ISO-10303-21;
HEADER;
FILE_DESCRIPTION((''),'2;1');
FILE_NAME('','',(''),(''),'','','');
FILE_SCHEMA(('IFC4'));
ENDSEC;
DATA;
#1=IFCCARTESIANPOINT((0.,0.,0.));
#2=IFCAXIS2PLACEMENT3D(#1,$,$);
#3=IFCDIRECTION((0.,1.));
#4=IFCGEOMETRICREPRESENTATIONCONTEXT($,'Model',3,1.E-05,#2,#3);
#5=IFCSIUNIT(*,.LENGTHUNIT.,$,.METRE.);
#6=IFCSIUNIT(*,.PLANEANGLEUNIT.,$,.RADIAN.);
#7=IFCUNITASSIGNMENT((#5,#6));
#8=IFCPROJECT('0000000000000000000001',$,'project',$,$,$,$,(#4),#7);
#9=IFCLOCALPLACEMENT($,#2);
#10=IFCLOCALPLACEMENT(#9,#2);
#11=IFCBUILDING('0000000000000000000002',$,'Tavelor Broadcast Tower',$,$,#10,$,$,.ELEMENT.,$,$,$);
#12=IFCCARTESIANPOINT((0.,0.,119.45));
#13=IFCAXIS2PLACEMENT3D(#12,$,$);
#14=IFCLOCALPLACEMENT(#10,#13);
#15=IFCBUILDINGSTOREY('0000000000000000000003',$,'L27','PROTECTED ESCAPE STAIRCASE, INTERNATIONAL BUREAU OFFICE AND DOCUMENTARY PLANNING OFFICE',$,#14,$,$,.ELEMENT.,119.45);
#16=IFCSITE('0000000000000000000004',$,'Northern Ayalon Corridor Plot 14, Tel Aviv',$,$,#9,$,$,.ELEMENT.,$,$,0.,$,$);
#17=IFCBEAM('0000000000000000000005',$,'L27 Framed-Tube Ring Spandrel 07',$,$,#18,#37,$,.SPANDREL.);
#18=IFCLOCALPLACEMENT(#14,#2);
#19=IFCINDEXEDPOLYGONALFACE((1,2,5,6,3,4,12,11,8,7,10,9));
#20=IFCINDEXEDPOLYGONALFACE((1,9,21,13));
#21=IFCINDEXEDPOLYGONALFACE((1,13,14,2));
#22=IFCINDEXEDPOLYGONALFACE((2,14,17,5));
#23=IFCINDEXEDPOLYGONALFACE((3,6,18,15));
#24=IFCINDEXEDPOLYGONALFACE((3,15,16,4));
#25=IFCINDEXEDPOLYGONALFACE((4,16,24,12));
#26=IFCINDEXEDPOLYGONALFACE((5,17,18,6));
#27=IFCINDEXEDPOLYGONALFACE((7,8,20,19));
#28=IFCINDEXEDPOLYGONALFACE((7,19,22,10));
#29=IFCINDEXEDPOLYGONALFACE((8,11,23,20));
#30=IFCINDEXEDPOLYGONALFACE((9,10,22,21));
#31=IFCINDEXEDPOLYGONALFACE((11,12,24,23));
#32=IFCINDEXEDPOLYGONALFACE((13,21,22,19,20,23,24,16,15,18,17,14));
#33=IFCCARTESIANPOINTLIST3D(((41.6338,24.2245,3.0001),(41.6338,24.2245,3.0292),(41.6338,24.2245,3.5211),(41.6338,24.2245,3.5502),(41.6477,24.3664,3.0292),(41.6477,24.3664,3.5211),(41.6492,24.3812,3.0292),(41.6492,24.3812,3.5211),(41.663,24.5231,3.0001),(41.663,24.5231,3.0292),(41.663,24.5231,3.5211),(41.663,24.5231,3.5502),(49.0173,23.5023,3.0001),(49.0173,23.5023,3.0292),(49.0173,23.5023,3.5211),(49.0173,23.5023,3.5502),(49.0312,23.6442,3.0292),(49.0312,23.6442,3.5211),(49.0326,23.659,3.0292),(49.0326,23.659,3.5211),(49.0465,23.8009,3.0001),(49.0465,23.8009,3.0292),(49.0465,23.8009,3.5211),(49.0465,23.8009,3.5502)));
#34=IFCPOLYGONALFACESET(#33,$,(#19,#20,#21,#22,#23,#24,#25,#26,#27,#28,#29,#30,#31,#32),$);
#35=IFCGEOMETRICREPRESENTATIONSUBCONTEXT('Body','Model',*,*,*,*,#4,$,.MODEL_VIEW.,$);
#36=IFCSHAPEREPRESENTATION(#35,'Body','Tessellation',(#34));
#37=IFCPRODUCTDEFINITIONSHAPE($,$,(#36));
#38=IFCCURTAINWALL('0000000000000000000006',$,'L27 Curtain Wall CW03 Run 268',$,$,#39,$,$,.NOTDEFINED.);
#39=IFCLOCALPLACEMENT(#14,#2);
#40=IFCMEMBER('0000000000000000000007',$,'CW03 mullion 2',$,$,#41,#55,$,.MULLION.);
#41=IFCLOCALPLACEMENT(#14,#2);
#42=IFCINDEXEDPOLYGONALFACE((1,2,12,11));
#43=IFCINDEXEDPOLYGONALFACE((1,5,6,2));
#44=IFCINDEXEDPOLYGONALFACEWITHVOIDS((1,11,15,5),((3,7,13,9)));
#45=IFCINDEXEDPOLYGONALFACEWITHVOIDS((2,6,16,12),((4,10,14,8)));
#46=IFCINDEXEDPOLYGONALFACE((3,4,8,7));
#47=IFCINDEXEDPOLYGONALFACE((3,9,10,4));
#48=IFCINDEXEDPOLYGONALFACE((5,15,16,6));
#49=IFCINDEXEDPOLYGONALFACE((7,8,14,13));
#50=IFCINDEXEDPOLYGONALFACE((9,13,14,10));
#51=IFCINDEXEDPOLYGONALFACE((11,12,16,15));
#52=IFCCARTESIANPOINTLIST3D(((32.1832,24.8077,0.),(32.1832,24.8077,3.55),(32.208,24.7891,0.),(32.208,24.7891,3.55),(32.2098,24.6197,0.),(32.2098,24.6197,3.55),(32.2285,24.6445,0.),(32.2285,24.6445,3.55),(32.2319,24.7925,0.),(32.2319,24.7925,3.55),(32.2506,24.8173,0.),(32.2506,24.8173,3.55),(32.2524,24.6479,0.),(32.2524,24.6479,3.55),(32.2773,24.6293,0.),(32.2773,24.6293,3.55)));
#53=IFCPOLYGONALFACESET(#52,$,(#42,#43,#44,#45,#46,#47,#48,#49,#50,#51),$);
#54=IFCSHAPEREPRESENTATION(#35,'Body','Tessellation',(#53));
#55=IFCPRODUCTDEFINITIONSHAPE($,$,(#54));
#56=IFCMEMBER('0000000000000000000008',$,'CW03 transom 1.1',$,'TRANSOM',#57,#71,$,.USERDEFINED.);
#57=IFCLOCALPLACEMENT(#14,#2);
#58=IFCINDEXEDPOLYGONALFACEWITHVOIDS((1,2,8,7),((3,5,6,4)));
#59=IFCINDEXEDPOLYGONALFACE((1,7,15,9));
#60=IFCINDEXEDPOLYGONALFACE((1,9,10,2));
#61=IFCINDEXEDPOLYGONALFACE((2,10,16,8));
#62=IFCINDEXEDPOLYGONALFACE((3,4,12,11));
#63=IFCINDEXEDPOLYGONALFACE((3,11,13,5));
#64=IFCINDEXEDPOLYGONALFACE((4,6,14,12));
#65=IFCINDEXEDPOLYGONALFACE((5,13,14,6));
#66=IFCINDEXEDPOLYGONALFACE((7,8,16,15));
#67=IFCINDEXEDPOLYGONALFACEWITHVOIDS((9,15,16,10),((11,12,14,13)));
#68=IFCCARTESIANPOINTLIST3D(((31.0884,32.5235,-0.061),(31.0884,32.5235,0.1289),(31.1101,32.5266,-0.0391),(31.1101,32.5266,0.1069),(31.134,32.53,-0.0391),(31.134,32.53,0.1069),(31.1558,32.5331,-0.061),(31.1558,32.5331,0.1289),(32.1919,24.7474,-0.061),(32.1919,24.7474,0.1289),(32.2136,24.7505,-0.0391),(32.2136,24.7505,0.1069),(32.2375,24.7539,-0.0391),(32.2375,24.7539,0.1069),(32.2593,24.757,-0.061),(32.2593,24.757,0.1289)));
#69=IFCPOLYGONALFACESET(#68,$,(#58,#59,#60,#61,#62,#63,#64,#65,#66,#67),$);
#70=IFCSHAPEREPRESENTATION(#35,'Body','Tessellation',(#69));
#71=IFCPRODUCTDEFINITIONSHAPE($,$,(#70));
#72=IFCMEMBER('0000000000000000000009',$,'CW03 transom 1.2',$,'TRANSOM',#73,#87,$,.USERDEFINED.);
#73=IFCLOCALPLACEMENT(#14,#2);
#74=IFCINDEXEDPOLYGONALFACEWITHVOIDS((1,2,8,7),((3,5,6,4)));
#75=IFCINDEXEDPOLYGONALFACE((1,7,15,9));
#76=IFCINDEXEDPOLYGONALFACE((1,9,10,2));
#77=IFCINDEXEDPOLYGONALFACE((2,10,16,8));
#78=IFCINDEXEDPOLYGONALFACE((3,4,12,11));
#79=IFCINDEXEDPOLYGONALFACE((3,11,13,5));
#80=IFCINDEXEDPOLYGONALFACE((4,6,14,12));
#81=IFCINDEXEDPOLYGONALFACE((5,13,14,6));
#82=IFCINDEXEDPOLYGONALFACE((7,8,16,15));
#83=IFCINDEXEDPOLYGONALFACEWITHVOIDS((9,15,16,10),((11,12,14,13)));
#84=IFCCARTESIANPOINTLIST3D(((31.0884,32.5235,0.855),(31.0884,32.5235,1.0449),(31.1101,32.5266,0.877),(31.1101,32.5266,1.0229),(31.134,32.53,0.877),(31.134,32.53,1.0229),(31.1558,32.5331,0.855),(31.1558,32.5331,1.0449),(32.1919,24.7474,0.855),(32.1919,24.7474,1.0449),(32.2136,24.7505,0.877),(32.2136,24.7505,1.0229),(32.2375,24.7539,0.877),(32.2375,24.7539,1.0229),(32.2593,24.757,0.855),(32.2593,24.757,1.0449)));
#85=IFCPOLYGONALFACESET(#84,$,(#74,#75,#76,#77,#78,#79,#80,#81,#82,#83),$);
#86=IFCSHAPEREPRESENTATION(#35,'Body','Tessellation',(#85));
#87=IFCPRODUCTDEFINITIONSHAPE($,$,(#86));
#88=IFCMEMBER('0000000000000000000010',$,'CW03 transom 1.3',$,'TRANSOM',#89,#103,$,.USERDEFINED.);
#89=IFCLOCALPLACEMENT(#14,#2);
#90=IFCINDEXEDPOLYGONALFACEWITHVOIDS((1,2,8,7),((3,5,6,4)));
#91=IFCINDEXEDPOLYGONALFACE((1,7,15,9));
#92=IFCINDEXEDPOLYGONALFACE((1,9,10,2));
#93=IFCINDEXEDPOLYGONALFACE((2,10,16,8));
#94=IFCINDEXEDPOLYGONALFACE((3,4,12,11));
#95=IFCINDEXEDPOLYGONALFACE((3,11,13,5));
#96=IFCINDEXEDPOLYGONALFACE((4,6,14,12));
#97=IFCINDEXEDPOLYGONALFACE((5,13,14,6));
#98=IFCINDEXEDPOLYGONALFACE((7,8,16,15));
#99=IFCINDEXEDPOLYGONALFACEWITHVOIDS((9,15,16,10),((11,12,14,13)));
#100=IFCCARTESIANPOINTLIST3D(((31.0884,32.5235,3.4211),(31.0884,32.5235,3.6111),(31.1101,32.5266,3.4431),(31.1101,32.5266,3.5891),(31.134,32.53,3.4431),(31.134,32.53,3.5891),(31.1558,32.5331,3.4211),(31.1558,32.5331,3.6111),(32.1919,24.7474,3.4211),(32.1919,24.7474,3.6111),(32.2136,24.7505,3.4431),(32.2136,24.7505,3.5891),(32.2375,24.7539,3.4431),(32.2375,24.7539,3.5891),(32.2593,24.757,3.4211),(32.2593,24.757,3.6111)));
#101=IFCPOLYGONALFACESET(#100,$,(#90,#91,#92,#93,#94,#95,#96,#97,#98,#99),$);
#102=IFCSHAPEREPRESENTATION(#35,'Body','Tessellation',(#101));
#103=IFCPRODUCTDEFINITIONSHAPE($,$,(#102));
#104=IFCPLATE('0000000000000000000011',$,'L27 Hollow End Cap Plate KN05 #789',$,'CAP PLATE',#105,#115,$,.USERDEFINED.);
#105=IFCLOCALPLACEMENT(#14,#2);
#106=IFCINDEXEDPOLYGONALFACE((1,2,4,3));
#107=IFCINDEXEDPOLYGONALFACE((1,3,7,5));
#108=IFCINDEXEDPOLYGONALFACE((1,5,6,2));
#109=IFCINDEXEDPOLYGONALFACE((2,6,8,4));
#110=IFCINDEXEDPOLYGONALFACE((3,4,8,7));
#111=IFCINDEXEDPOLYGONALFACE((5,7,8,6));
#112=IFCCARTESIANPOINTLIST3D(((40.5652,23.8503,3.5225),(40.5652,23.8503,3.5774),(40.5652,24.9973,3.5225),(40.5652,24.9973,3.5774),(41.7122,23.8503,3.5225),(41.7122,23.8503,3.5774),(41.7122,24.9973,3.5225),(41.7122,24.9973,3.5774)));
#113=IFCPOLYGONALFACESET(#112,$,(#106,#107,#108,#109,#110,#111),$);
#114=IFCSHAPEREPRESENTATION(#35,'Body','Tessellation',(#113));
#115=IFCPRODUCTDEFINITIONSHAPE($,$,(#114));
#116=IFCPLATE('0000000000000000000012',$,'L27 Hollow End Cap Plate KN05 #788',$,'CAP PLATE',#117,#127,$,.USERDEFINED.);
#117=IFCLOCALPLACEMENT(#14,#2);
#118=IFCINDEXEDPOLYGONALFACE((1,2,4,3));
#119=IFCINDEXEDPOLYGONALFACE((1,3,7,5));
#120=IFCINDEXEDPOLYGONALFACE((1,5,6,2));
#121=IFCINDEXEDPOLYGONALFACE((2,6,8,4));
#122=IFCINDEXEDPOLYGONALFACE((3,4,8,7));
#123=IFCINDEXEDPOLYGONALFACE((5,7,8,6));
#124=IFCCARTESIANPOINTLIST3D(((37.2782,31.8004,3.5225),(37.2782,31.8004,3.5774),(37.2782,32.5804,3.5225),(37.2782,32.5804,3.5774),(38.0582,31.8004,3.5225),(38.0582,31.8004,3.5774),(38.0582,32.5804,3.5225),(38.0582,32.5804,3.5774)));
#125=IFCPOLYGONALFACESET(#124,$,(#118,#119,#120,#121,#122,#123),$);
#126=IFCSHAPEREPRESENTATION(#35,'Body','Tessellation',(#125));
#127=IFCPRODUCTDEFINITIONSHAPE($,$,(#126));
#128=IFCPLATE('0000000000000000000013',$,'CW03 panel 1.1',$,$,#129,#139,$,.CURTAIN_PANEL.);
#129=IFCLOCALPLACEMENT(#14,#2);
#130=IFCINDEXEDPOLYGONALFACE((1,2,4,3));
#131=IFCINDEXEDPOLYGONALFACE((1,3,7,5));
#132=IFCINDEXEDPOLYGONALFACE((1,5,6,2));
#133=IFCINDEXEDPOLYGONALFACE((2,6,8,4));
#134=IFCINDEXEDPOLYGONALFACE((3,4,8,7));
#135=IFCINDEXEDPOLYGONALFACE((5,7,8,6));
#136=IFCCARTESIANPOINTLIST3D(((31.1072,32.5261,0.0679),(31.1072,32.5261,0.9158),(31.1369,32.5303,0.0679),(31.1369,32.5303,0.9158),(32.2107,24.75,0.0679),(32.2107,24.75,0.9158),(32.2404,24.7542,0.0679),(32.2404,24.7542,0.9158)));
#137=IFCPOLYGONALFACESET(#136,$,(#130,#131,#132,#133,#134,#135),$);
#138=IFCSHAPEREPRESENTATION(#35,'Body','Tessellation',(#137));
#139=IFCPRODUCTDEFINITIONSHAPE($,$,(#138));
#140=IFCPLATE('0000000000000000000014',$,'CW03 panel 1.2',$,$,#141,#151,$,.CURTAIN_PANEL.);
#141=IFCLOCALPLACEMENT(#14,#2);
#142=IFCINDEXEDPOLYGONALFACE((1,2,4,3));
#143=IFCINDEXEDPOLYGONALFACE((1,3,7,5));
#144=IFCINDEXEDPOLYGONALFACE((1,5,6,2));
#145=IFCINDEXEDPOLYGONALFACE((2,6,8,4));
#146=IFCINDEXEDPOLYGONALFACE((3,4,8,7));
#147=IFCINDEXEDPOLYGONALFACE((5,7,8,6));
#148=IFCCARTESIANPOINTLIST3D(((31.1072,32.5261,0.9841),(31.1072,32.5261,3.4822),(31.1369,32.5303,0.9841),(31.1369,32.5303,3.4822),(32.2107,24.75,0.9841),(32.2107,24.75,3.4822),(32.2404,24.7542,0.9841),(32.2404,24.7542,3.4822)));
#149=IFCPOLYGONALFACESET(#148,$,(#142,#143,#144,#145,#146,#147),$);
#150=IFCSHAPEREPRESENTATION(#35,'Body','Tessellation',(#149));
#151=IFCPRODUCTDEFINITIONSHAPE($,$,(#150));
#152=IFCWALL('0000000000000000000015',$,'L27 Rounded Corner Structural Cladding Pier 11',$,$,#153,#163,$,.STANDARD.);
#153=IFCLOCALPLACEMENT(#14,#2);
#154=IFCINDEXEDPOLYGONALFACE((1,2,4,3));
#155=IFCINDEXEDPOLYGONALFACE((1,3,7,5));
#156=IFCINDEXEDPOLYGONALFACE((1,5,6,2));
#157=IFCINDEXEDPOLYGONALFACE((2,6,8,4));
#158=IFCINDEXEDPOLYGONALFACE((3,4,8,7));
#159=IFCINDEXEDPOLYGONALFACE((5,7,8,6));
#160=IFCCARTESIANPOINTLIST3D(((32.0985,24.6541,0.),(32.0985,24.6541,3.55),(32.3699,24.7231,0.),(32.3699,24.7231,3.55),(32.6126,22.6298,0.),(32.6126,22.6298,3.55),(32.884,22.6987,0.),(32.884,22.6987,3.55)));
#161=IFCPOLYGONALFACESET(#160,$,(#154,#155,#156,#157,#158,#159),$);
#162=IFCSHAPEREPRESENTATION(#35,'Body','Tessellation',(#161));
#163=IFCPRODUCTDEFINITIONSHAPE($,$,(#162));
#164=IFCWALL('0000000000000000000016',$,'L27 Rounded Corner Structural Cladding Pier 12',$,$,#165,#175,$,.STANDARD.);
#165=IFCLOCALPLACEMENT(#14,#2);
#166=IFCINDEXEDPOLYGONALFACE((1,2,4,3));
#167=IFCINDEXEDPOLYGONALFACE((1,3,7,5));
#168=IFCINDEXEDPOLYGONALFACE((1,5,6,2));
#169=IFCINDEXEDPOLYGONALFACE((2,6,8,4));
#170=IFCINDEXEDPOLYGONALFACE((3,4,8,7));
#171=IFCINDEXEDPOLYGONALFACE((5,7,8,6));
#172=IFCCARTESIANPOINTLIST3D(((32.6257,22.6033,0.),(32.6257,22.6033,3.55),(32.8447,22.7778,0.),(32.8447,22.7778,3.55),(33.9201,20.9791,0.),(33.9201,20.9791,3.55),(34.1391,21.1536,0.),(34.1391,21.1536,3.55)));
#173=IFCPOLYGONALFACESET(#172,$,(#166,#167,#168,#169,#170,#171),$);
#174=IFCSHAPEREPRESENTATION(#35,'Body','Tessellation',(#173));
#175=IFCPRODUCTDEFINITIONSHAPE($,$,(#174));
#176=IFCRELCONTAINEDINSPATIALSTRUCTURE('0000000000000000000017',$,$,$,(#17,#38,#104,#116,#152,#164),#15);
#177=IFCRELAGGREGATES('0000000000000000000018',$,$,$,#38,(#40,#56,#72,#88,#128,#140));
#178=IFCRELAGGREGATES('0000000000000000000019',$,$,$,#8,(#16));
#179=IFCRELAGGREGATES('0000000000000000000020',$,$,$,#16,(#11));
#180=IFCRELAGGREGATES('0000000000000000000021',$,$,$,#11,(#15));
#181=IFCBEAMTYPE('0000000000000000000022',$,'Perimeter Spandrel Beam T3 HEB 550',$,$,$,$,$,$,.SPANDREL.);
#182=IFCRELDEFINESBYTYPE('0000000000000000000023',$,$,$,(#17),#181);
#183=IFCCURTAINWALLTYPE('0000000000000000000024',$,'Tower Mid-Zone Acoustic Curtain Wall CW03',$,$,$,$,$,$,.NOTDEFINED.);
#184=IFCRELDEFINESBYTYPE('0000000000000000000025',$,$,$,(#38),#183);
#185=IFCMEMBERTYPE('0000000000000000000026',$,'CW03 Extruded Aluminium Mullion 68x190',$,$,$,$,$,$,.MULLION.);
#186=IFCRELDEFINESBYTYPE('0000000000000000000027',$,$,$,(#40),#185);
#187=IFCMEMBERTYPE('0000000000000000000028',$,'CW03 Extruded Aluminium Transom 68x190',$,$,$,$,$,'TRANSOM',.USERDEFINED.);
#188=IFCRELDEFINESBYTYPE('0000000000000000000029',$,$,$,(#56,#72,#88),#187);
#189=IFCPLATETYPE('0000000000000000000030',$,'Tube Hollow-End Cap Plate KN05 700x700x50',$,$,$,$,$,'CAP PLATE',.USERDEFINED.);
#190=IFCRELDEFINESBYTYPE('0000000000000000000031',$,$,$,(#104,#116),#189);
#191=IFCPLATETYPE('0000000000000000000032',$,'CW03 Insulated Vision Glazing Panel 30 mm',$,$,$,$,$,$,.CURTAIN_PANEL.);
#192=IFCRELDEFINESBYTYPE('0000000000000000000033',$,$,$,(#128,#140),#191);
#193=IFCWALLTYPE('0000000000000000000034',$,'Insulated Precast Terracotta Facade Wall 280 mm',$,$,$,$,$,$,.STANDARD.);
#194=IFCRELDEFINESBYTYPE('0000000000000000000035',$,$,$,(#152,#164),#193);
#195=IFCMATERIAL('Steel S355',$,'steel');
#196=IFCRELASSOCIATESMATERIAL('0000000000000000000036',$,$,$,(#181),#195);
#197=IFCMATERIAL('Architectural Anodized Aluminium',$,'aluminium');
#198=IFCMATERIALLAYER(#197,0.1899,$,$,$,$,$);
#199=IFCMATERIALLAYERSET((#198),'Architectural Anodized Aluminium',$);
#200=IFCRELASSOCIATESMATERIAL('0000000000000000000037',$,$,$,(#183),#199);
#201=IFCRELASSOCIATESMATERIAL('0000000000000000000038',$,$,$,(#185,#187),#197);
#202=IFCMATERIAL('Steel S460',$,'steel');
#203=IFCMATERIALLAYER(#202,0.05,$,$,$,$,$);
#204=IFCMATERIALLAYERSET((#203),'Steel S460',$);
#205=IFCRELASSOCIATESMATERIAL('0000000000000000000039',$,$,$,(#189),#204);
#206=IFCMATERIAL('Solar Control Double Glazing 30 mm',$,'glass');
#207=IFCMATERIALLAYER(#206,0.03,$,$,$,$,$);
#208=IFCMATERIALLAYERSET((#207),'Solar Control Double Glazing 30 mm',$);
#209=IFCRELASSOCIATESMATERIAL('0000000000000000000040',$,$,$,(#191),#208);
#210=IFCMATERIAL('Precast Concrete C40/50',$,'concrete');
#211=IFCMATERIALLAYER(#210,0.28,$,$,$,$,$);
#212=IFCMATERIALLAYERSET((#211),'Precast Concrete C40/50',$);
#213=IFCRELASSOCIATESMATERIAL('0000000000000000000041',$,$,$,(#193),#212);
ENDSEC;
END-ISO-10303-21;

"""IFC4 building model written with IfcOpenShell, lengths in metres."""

from ifc_helpers import new_model, si_unit, direction, frame, frame_2d, origin, origin_2d, place, context, subcontext, project, spatial, rectangle, hollow_rectangle, i_section, extrude, source, transform, mapped, material, layer, layer_set, material_profile, profile_set, type_object, type_shapes, element, aggregate, save


model = new_model("IFC4")

# Units and contexts
model_context = context("Model", 3, precision=1e-05, world=origin(), true_north=direction((0.0, 1.0)))
body_context = subcontext(model_context, "Body", "Model", "MODEL_VIEW")
ifc_project = project(units=[si_unit("LENGTHUNIT", "METRE"), si_unit("PLANEANGLEUNIT", "RADIAN")], contexts=[model_context])

# Site, building, storey
site_placement = place(None, origin())
site = spatial("IfcSite", under=ifc_project, at=site_placement, Name="Northern Ayalon Corridor Plot 14, Tel Aviv", CompositionType="ELEMENT", RefElevation=0.0)
building_placement = place(site_placement, origin())
building = spatial("IfcBuilding", under=site, at=building_placement, Name="Tavelor Broadcast Tower", CompositionType="ELEMENT")
storey_placement = place(building_placement, frame((0.0, 0.0, 119.45)))
storey = spatial("IfcBuildingStorey", under=building, at=storey_placement, Name="L27", Description="PROTECTED ESCAPE STAIRCASE, INTERNATIONAL BUREAU OFFICE AND DOCUMENTARY PLANNING OFFICE", CompositionType="ELEMENT", Elevation=119.45)

# Shared definitions
ifc_material_1 = material(Name="Steel S460", Category="steel")

# Beam
ifc_material_2 = material(Name="Steel S355", Category="steel")
ifc_material_profile_1 = material_profile(ifc_material_2, i_section(OverallWidth=0.3, OverallDepth=0.55, WebThickness=0.0149, FlangeThickness=0.0291, at=origin_2d()), Name="HEB 550")
ifc_profile_set_1 = profile_set([ifc_material_profile_1], Name="Steel S355")
beam_type_1 = type_object("IfcBeamType", Name="Perimeter Spandrel Beam T3 HEB 550", PredefinedType="SPANDREL", material=ifc_profile_set_1)
beam_1_placement = place(storey_placement, frame((41.6484, 24.3738, 3.2751), z_axis=(0.995251, -0.097343, 0.0), x_axis=(0.097343, 0.995251, 0.0)))
element("IfcBeam", 1, at=beam_1_placement, inside=storey, type_object=beam_type_1, Name="L27 Framed-Tube Ring Spandrel 07", PredefinedType="SPANDREL", context=body_context, shape_type="SweptSolid", body=[
    extrude(i_section(OverallWidth=0.3, OverallDepth=0.55, WebThickness=0.0149, FlangeThickness=0.0291, at=origin_2d()), origin(), (0.0, 0.0, 1.0), 7.4187),
])

# Curtain wall, members
ifc_material_3 = material(Name="Architectural Anodized Aluminium", Category="aluminium")
ifc_layer_1 = layer(ifc_material_3, 0.1899)
ifc_layer_set_1 = layer_set([ifc_layer_1], Name="Architectural Anodized Aluminium")
curtain_wall_type = type_object("IfcCurtainWallType", Name="Tower Mid-Zone Acoustic Curtain Wall CW03", PredefinedType="NOTDEFINED", material=ifc_layer_set_1)
curtain_wall_placement = place(storey_placement, origin())
curtain_wall = element("IfcCurtainWall", 2, at=curtain_wall_placement, inside=storey, type_object=curtain_wall_type, Name="L27 Curtain Wall CW03 Run 268", PredefinedType="NOTDEFINED")
ifc_material_profile_2 = material_profile(ifc_material_3, hollow_rectangle(XDim=0.0681, YDim=0.1899, WallThickness=0.022, at=origin_2d()), Name="RHS 68x190x22")
ifc_profile_set_2 = profile_set([ifc_material_profile_2], Name="Architectural Anodized Aluminium")
member_type_1 = type_object("IfcMemberType", Name="CW03 Extruded Aluminium Mullion 68x190", PredefinedType="MULLION", material=ifc_profile_set_2)
shared_shape_1 = source(origin(), body_context, "Body", "SweptSolid", [
    extrude(hollow_rectangle(XDim=0.0681, YDim=0.1899, WallThickness=0.022, at=origin_2d()), origin(), (0.0, 0.0, 1.0), 3.55),
])
type_shapes(member_type_1, [shared_shape_1])
member_1_placement = place(storey_placement, frame((32.2302, 24.7185, 0.0), z_axis=(0.0, 0.0, 1.0), x_axis=(0.99008, 0.140501, 0.0)))
member_1 = element("IfcMember", 3, at=member_1_placement, type_object=member_type_1, Name="CW03 mullion 2", PredefinedType="MULLION", context=body_context, shape_type="MappedRepresentation", body=[
    mapped(shared_shape_1, transform((0.0, 0.0, 0.0), scale=1.0)),
])
ifc_material_profile_3 = material_profile(ifc_material_3, hollow_rectangle(XDim=0.0681, YDim=0.1899, WallThickness=0.022, at=origin_2d()), Name="RHS 68x190x22")
ifc_profile_set_3 = profile_set([ifc_material_profile_3], Name="Architectural Anodized Aluminium")
member_type_2 = type_object("IfcMemberType", Name="CW03 Extruded Aluminium Transom 68x190", ElementType="TRANSOM", PredefinedType="USERDEFINED", material=ifc_profile_set_3)
shared_shape_2 = source(origin(), body_context, "Body", "SweptSolid", [
    extrude(hollow_rectangle(XDim=0.0681, YDim=0.1899, WallThickness=0.022, at=origin_2d()), origin(), (0.0, 0.0, 1.0), 7.854),
])
type_shapes(member_type_2, [shared_shape_2])
member_2_placement = place(storey_placement, frame((31.1221, 32.5283, 0.0339), z_axis=(0.140503, -0.99008, 0.0), x_axis=(0.99008, 0.140503, 0.0)))
member_2 = element("IfcMember", 4, at=member_2_placement, type_object=member_type_2, Name="CW03 transom 1.1", ObjectType="TRANSOM", PredefinedType="USERDEFINED", context=body_context, shape_type="MappedRepresentation", body=[
    mapped(shared_shape_2, transform((0.0, 0.0, 0.0), scale=1.0)),
])
member_3_placement = place(storey_placement, frame((31.1221, 32.5283, 0.95), z_axis=(0.140503, -0.99008, 0.0), x_axis=(0.99008, 0.140503, 0.0)))
member_3 = element("IfcMember", 5, at=member_3_placement, type_object=member_type_2, Name="CW03 transom 1.2", ObjectType="TRANSOM", PredefinedType="USERDEFINED", context=body_context, shape_type="MappedRepresentation", body=[
    mapped(shared_shape_2, transform((0.0, 0.0, 0.0), scale=1.0)),
])
member_4_placement = place(storey_placement, frame((31.1221, 32.5283, 3.5161), z_axis=(0.140503, -0.99008, 0.0), x_axis=(0.99008, 0.140503, 0.0)))
member_4 = element("IfcMember", 6, at=member_4_placement, type_object=member_type_2, Name="CW03 transom 1.3", ObjectType="TRANSOM", PredefinedType="USERDEFINED", context=body_context, shape_type="MappedRepresentation", body=[
    mapped(shared_shape_2, transform((0.0, 0.0, 0.0), scale=1.0)),
])

# Plates
ifc_layer_2 = layer(ifc_material_1, 0.05)
ifc_layer_set_2 = layer_set([ifc_layer_2], Name="Steel S460")
plate_type_1 = type_object("IfcPlateType", Name="Tube Hollow-End Cap Plate KN05 700x700x50", ElementType="CAP PLATE", PredefinedType="USERDEFINED", material=ifc_layer_set_2)
shared_shape_3 = source(origin(), body_context, "Body", "SweptSolid", [
    extrude(rectangle(XDim=1.147, YDim=1.147, at=origin_2d()), origin(), (0.0, 0.0, 1.0), 0.0549),
])
plate_1_placement = place(storey_placement, frame((41.1387, 24.4238, 3.5225), z_axis=(0.0, 0.0, 1.0), x_axis=(1.0, 0.0, 0.0)))
element("IfcPlate", 7, at=plate_1_placement, inside=storey, type_object=plate_type_1, Name="L27 Hollow End Cap Plate KN05 #789", ObjectType="CAP PLATE", PredefinedType="USERDEFINED", context=body_context, shape_type="MappedRepresentation", body=[
    mapped(shared_shape_3, transform((0.0, 0.0, 0.0), scale=1.0)),
])
shared_shape_4 = source(origin(), body_context, "Body", "SweptSolid", [
    extrude(rectangle(XDim=0.78, YDim=0.78, at=origin_2d()), origin(), (0.0, 0.0, 1.0), 0.0549),
])
type_shapes(plate_type_1, [shared_shape_3, shared_shape_4])
plate_2_placement = place(storey_placement, frame((37.6682, 32.1904, 3.5225), z_axis=(0.0, 0.0, 1.0), x_axis=(1.0, 0.0, 0.0)))
element("IfcPlate", 8, at=plate_2_placement, inside=storey, type_object=plate_type_1, Name="L27 Hollow End Cap Plate KN05 #788", ObjectType="CAP PLATE", PredefinedType="USERDEFINED", context=body_context, shape_type="MappedRepresentation", body=[
    mapped(shared_shape_4, transform((0.0, 0.0, 0.0), scale=1.0)),
])

# Plates
ifc_material_4 = material(Name="Solar Control Double Glazing 30 mm", Category="glass")
ifc_layer_3 = layer(ifc_material_4, 0.03)
ifc_layer_set_3 = layer_set([ifc_layer_3], Name="Solar Control Double Glazing 30 mm")
plate_type_2 = type_object("IfcPlateType", Name="CW03 Insulated Vision Glazing Panel 30 mm", PredefinedType="CURTAIN_PANEL", material=ifc_layer_set_3)
shared_shape_5 = source(origin(), body_context, "Body", "SweptSolid", [
    extrude(rectangle(XDim=7.854, YDim=0.03, at=origin_2d()), origin(), (0.0, 0.0, 1.0), 0.8479),
])
plate_3_placement = place(storey_placement, frame((31.6738, 28.6401, 0.0679), z_axis=(0.0, 0.0, 1.0), x_axis=(0.140501, -0.99008, 0.0)))
plate_3 = element("IfcPlate", 9, at=plate_3_placement, type_object=plate_type_2, Name="CW03 panel 1.1", PredefinedType="CURTAIN_PANEL", context=body_context, shape_type="MappedRepresentation", body=[
    mapped(shared_shape_5, transform((0.0, 0.0, 0.0), scale=1.0)),
])
shared_shape_6 = source(origin(), body_context, "Body", "SweptSolid", [
    extrude(rectangle(XDim=7.854, YDim=0.03, at=origin_2d()), origin(), (0.0, 0.0, 1.0), 2.498),
])
type_shapes(plate_type_2, [shared_shape_5, shared_shape_6])
plate_4_placement = place(storey_placement, frame((31.6738, 28.6401, 0.9841), z_axis=(0.0, 0.0, 1.0), x_axis=(0.140501, -0.99008, 0.0)))
plate_4 = element("IfcPlate", 10, at=plate_4_placement, type_object=plate_type_2, Name="CW03 panel 1.2", PredefinedType="CURTAIN_PANEL", context=body_context, shape_type="MappedRepresentation", body=[
    mapped(shared_shape_6, transform((0.0, 0.0, 0.0), scale=1.0)),
])
aggregate(curtain_wall, [member_1, member_2, member_3, member_4, plate_3, plate_4])

# Walls
ifc_material_5 = material(Name="Precast Concrete C40/50", Category="concrete")
ifc_layer_4 = layer(ifc_material_5, 0.28)
ifc_layer_set_4 = layer_set([ifc_layer_4], Name="Precast Concrete C40/50")
wall_type_1 = type_object("IfcWallType", Name="Insulated Precast Terracotta Facade Wall 280 mm", PredefinedType="STANDARD", material=ifc_layer_set_4)
wall_1_placement = place(storey_placement, frame((32.2341, 24.6887, 0.0), z_axis=(0.0, 0.0, 1.0), x_axis=(0.246164, -0.969228, 0.0)))
element("IfcWall", 11, at=wall_1_placement, inside=storey, type_object=wall_type_1, Name="L27 Rounded Corner Structural Cladding Pier 11", PredefinedType="STANDARD", context=body_context, shape_type="SweptSolid", body=[
    extrude(rectangle(XDim=2.0886, YDim=0.28, at=frame_2d((1.0444, 0.0))), origin(), (0.0, 0.0, 1.0), 3.55),
])
for number, where, z_axis, x_axis, name in (
    (12, (32.7351, 22.6907, 0.0), (0.0, 0.0, 1.0), (0.623232, -0.782037, 0.0), "L27 Rounded Corner Structural Cladding Pier 12"),
):
    element("IfcWall", number, at=place(storey_placement, frame(where, z_axis=z_axis, x_axis=x_axis)), inside=storey, type_object=wall_type_1, Name=name, PredefinedType="STANDARD", context=body_context, shape_type="SweptSolid", body=[
        extrude(rectangle(XDim=2.0769, YDim=0.28, at=frame_2d((1.0386, 0.0))), origin(), (0.0, 0.0, 1.0), 3.55),
    ])

save(model, "model.ifc")
